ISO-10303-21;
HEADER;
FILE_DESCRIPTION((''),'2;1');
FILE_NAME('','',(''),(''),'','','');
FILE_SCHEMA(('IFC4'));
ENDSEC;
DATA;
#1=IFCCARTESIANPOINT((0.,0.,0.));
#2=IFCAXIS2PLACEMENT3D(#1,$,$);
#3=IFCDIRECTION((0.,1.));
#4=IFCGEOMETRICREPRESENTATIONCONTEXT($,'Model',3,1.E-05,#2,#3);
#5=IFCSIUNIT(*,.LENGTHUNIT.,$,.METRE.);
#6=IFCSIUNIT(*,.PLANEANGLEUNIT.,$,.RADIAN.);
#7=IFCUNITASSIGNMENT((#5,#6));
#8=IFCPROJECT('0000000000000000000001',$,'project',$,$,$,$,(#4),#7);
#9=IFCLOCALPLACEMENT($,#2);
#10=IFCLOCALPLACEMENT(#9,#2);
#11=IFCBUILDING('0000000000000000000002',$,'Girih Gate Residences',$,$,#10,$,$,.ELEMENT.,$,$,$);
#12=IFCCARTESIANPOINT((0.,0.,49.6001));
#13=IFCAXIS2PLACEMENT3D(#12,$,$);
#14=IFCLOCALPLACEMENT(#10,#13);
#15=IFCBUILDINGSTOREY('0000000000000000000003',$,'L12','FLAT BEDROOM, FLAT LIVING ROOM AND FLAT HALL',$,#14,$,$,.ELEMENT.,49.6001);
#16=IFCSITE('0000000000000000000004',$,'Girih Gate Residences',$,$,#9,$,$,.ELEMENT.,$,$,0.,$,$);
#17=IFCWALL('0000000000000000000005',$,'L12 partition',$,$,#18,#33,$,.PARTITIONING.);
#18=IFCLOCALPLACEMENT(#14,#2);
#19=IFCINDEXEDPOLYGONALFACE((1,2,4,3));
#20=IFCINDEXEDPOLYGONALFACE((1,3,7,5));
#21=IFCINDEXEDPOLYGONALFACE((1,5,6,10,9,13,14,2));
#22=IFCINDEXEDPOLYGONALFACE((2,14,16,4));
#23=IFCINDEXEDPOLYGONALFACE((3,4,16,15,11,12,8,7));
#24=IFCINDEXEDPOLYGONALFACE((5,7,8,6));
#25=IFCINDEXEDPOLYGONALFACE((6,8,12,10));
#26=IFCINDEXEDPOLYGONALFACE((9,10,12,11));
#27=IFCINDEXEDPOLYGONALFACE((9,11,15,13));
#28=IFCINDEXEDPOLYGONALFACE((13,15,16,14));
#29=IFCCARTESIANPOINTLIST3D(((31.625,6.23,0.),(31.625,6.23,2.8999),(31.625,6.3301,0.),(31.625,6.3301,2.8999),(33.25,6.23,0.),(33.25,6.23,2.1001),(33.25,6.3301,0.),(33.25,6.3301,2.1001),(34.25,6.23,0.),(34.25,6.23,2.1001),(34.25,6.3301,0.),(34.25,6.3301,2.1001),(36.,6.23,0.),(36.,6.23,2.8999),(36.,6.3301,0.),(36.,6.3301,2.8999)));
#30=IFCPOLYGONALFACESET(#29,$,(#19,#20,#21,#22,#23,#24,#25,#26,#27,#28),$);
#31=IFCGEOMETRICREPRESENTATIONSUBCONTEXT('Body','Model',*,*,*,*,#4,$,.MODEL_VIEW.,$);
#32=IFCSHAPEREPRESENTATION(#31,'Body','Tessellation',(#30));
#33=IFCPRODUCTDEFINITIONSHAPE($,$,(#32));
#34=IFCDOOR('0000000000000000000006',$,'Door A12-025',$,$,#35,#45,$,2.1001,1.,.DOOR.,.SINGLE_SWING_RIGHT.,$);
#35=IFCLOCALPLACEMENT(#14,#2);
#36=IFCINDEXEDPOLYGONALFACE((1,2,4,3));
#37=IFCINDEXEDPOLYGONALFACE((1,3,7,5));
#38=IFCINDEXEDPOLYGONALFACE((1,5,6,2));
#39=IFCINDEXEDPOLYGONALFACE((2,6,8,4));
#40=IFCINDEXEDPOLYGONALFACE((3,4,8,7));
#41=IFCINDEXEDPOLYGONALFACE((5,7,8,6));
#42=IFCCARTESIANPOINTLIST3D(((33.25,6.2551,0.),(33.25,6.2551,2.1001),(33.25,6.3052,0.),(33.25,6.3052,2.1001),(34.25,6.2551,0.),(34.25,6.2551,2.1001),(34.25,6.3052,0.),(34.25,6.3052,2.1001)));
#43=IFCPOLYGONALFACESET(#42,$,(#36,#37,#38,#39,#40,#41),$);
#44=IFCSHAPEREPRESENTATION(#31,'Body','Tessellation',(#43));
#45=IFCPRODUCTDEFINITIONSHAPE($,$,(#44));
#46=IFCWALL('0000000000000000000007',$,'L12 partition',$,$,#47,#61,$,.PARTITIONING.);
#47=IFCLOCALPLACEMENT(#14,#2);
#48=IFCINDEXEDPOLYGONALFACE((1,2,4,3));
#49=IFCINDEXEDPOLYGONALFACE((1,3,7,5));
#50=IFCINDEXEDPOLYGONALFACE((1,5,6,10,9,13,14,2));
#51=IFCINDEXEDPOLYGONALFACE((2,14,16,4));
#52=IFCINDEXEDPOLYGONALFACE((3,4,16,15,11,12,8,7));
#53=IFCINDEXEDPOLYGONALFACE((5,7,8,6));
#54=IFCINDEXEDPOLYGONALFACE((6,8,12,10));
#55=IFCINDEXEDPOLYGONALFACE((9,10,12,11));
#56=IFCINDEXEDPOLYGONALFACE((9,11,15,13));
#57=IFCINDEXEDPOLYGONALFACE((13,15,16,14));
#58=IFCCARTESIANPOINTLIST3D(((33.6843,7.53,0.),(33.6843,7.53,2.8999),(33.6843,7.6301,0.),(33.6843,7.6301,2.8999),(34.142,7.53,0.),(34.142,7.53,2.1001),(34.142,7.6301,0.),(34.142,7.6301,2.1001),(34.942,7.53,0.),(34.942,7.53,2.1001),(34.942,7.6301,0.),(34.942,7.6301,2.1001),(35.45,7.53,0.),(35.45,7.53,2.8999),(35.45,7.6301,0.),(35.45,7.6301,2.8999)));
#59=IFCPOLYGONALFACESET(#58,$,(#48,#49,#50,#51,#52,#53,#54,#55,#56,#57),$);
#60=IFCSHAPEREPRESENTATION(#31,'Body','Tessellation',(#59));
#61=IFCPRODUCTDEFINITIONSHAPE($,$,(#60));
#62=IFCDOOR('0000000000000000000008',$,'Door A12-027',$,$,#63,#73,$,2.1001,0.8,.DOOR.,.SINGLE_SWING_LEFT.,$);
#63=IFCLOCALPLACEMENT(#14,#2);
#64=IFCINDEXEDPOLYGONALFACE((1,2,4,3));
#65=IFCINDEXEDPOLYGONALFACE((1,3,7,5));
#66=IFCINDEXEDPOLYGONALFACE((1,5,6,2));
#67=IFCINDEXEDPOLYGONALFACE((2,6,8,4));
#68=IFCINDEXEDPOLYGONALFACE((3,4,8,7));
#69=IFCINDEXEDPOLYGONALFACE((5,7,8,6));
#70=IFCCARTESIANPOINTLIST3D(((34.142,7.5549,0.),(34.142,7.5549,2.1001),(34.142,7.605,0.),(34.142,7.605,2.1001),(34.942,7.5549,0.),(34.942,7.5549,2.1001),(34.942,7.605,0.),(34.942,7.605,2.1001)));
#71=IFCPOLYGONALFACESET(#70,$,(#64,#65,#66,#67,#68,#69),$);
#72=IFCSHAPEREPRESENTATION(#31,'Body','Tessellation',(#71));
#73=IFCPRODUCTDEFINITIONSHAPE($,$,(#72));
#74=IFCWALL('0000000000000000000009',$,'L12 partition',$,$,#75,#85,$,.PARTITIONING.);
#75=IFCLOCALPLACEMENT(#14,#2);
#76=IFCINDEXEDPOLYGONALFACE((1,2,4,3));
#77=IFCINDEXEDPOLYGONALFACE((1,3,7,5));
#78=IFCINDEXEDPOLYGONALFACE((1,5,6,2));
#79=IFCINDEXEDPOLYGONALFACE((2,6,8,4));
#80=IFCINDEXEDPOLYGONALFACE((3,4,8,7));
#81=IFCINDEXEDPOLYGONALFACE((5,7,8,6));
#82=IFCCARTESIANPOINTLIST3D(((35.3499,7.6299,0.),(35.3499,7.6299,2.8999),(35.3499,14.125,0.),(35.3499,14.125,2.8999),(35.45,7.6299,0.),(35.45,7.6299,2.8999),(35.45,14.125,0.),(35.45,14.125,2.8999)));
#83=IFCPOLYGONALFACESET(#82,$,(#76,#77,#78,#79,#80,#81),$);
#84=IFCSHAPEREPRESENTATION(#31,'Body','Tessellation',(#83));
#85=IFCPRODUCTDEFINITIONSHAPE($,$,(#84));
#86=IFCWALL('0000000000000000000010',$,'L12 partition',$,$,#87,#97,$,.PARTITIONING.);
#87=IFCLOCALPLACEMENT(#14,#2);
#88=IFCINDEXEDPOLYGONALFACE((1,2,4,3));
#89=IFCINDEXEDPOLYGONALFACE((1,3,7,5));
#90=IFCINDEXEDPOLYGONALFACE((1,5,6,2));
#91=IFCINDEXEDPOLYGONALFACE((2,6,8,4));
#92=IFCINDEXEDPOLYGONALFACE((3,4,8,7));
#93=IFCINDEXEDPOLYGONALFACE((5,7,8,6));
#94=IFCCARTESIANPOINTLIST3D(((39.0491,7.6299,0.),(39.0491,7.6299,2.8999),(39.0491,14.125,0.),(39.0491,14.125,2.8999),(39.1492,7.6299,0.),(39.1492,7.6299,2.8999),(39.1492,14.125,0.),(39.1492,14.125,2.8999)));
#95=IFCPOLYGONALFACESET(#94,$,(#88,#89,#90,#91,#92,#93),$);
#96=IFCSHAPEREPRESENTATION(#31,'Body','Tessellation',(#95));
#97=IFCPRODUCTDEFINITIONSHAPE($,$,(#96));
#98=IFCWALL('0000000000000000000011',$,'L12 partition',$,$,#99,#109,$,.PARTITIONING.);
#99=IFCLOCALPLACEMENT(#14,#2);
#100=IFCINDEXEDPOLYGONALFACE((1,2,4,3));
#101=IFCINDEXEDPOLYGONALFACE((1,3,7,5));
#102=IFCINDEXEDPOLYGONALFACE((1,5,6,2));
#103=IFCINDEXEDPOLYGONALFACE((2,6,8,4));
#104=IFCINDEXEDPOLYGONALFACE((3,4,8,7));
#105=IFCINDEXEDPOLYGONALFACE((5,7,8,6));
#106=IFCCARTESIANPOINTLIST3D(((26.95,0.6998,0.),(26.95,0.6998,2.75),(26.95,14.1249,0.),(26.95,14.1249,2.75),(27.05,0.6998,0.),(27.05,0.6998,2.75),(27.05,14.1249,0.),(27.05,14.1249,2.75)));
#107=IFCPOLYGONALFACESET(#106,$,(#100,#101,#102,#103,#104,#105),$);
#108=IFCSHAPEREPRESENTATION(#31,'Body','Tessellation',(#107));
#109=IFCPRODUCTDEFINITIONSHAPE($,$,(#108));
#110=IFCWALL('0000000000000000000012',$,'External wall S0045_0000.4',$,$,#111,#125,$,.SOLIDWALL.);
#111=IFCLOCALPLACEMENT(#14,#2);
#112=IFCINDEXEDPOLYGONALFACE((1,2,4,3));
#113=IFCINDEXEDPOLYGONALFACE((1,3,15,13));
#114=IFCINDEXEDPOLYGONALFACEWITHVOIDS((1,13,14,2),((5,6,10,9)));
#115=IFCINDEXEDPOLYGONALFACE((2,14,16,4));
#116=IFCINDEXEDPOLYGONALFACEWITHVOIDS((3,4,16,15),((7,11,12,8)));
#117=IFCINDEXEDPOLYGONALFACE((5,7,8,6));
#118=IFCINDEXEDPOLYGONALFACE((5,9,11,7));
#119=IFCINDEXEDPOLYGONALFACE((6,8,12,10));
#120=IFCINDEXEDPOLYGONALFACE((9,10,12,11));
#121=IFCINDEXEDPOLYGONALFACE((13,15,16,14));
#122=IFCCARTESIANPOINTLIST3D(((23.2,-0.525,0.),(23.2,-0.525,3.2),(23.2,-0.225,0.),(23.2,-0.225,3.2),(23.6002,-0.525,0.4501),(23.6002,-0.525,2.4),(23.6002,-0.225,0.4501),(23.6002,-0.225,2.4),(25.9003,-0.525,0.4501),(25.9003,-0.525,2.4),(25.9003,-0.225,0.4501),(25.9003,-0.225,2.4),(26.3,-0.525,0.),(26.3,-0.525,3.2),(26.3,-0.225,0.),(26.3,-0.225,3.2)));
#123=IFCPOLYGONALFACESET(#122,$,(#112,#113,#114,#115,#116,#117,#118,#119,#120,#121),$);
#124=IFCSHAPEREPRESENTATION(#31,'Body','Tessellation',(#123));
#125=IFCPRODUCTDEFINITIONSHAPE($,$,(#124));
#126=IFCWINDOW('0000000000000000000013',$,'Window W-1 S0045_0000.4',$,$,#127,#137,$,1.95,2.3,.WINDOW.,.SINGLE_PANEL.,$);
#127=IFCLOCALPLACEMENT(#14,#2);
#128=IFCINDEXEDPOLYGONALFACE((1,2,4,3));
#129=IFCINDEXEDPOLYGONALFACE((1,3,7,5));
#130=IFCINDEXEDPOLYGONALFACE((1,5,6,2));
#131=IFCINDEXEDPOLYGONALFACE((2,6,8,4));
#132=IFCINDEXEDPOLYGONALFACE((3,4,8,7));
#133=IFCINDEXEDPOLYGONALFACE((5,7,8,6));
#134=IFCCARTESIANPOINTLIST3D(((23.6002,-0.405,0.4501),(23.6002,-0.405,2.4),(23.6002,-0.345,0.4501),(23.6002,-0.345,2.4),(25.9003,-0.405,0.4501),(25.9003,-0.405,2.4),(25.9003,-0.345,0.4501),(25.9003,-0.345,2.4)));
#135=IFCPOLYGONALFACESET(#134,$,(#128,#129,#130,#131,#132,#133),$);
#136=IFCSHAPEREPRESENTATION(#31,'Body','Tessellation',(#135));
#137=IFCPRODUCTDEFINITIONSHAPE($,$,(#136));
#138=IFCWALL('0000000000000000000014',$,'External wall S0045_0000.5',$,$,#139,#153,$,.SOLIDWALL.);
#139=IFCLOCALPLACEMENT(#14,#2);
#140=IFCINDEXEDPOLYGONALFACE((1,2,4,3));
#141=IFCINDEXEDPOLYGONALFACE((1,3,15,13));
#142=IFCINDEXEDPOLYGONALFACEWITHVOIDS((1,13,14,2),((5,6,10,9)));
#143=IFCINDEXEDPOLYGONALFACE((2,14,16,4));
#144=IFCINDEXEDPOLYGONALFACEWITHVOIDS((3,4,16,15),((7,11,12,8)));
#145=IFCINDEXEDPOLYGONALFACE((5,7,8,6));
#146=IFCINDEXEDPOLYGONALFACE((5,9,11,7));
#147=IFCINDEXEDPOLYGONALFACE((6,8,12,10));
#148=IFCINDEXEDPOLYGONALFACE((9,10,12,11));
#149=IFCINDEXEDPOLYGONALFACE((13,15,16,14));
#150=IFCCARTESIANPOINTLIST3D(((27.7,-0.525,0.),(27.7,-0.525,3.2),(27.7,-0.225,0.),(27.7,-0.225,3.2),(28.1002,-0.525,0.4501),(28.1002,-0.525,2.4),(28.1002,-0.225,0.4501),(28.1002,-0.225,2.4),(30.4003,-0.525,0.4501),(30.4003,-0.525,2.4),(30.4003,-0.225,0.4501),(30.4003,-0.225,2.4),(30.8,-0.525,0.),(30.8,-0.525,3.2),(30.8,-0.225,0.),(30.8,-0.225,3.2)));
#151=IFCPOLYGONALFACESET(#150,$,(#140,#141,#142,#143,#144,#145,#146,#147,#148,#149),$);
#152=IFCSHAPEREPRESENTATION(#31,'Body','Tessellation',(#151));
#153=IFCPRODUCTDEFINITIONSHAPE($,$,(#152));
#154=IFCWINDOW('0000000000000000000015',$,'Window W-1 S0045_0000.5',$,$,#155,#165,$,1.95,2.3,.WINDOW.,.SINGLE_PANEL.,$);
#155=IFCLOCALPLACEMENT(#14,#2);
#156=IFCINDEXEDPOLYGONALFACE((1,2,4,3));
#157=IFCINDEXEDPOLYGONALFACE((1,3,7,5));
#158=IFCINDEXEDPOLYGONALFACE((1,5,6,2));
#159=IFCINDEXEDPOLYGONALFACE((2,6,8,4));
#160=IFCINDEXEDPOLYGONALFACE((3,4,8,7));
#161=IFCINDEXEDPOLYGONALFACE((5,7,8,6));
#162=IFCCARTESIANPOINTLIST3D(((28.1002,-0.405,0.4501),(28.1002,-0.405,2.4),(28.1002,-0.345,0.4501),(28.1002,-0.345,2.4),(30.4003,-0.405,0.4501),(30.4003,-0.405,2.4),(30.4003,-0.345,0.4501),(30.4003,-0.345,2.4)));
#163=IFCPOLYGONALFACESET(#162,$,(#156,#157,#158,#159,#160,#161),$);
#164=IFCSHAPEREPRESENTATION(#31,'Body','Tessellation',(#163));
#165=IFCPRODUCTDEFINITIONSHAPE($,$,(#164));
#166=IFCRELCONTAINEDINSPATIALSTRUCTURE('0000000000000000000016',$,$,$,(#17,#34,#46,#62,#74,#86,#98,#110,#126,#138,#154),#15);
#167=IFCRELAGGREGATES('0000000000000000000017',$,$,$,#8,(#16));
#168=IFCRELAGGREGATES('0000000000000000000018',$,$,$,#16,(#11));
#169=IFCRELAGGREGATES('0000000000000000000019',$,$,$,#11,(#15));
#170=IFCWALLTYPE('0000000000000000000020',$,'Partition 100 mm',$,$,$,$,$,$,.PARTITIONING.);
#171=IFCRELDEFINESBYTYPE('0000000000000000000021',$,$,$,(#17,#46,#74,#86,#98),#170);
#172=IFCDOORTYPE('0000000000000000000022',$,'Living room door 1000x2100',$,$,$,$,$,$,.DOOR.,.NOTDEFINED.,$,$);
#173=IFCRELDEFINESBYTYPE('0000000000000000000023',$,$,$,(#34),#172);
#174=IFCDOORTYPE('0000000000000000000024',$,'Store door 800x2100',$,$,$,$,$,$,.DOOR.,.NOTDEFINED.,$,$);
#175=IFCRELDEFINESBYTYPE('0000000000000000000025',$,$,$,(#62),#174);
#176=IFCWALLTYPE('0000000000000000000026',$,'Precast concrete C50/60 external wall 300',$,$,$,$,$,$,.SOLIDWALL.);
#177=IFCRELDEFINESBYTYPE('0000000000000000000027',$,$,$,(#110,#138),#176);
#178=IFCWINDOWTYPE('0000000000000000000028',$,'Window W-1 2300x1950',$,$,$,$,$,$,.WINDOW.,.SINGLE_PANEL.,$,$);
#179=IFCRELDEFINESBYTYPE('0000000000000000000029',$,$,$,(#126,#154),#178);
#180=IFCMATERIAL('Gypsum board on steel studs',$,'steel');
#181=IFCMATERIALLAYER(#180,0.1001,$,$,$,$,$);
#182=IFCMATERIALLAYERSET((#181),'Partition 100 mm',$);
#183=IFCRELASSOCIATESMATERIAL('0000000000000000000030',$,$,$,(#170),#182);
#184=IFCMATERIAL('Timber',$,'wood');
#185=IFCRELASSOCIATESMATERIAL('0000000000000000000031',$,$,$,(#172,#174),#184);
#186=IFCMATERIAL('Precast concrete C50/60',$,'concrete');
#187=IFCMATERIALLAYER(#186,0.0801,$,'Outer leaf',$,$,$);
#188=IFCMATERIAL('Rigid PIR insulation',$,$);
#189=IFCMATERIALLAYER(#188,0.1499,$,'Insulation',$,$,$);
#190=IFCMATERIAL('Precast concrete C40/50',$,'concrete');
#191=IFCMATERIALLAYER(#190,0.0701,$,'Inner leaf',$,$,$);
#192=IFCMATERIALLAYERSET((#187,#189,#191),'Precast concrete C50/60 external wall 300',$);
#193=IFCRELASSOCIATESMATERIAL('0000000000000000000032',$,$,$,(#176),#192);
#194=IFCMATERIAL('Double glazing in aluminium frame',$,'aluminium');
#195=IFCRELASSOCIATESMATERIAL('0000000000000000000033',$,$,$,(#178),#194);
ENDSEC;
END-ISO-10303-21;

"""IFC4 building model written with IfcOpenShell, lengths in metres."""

from ifc_helpers import new_model, si_unit, direction, frame, frame_2d, origin, place, context, subcontext, project, spatial, rectangle, extrude, material, layer, layer_set, type_object, element, fill, save


model = new_model("IFC4")

# Units and contexts
model_context = context("Model", 3, precision=1e-05, world=origin(), true_north=direction((0.0, 1.0)))
body_context = subcontext(model_context, "Body", "Model", "MODEL_VIEW")
ifc_project = project(units=[si_unit("LENGTHUNIT", "METRE"), si_unit("PLANEANGLEUNIT", "RADIAN")], contexts=[model_context])

# Site, building, storey
site_placement = place(None, origin())
site = spatial("IfcSite", under=ifc_project, at=site_placement, Name="Girih Gate Residences", CompositionType="ELEMENT", RefElevation=0.0)
building_placement = place(site_placement, origin())
building = spatial("IfcBuilding", under=site, at=building_placement, Name="Girih Gate Residences", CompositionType="ELEMENT")
storey_placement = place(building_placement, frame((0.0, 0.0, 49.6001)))
storey = spatial("IfcBuildingStorey", under=building, at=storey_placement, Name="L12", Description="FLAT BEDROOM, FLAT LIVING ROOM AND FLAT HALL", CompositionType="ELEMENT", Elevation=49.6001)

# Shared definitions
ifc_material_1 = material(Name="Gypsum board on steel studs", Category="steel")
ifc_layer_1 = layer(ifc_material_1, 0.1001)
ifc_layer_set_1 = layer_set([ifc_layer_1], Name="Partition 100 mm")
wall_type_1 = type_object("IfcWallType", Name="Partition 100 mm", PredefinedType="PARTITIONING", material=ifc_layer_set_1)

# Walls, openings, doors
ifc_material_2 = material(Name="Timber", Category="wood")
wall_1_placement = place(storey_placement, frame((36.0, 6.28, 0.0), z_axis=(0.0, 0.0, 1.0), x_axis=(-1.0, 0.0, 0.0)))
wall_1 = element("IfcWall", 1, at=wall_1_placement, inside=storey, type_object=wall_type_1, Name="L12 partition", PredefinedType="PARTITIONING", context=body_context, shape_type="SweptSolid", body=[
    extrude(rectangle(XDim=4.375, YDim=0.1001, at=frame_2d((2.1875, 0.0))), origin(), (0.0, 0.0, 1.0), 2.8999),
])
opening_1_placement = place(wall_1_placement, frame((1.75, 0.0, 0.0)))
opening_1 = element("IfcOpeningElement", 2, at=opening_1_placement, cuts=wall_1, PredefinedType="OPENING", context=body_context, shape_type="SweptSolid", body=[
    extrude(rectangle(XDim=1.0, YDim=2.1001, at=frame_2d((0.5, 1.05))), frame((0.0, 0.0601, 0.0), z_axis=(0.0, -1.0, 0.0), x_axis=(1.0, 0.0, 0.0)), (0.0, 0.0, 1.0), 0.1201),
])
door_type_1 = type_object("IfcDoorType", Name="Living room door 1000x2100", OperationType="NOTDEFINED", PredefinedType="DOOR", material=ifc_material_2)
door_1_placement = place(opening_1_placement, origin())
door_1 = element("IfcDoor", 3, at=door_1_placement, inside=storey, type_object=door_type_1, Name="Door A12-025", OperationType="SINGLE_SWING_RIGHT", OverallHeight=2.1001, OverallWidth=1.0, PredefinedType="DOOR", context=body_context, shape_type="SweptSolid", body=[
    extrude(rectangle(XDim=1.0, YDim=2.1001, at=frame_2d((0.5, 1.05))), frame((0.0, 0.0249, 0.0), z_axis=(0.0, -1.0, 0.0), x_axis=(1.0, 0.0, 0.0)), (0.0, 0.0, 1.0), 0.05),
])
fill(opening_1, door_1)
wall_2_placement = place(storey_placement, frame((33.6843, 7.5801, 0.0), z_axis=(0.0, 0.0, 1.0), x_axis=(1.0, 0.0, 0.0)))
wall_2 = element("IfcWall", 4, at=wall_2_placement, inside=storey, type_object=wall_type_1, Name="L12 partition", PredefinedType="PARTITIONING", context=body_context, shape_type="SweptSolid", body=[
    extrude(rectangle(XDim=1.7656, YDim=0.1001, at=frame_2d((0.8828, 0.0))), origin(), (0.0, 0.0, 1.0), 2.8999),
])
opening_2_placement = place(wall_2_placement, frame((0.4578, 0.0, 0.0)))
opening_2 = element("IfcOpeningElement", 5, at=opening_2_placement, cuts=wall_2, PredefinedType="OPENING", context=body_context, shape_type="SweptSolid", body=[
    extrude(rectangle(XDim=0.8, YDim=2.1001, at=frame_2d((0.3999, 1.05))), frame((0.0, 0.0601, 0.0), z_axis=(0.0, -1.0, 0.0), x_axis=(1.0, 0.0, 0.0)), (0.0, 0.0, 1.0), 0.1201),
])
door_type_2 = type_object("IfcDoorType", Name="Store door 800x2100", OperationType="NOTDEFINED", PredefinedType="DOOR", material=ifc_material_2)
door_2_placement = place(opening_2_placement, origin())
door_2 = element("IfcDoor", 6, at=door_2_placement, inside=storey, type_object=door_type_2, Name="Door A12-027", OperationType="SINGLE_SWING_LEFT", OverallHeight=2.1001, OverallWidth=0.8, PredefinedType="DOOR", context=body_context, shape_type="SweptSolid", body=[
    extrude(rectangle(XDim=0.8, YDim=2.1001, at=frame_2d((0.3999, 1.05))), frame((0.0, 0.0249, 0.0), z_axis=(0.0, -1.0, 0.0), x_axis=(1.0, 0.0, 0.0)), (0.0, 0.0, 1.0), 0.05),
])
fill(opening_2, door_2)

# Walls
for number, where, z_axis, x_axis, name in (
    (7, (35.3999, 7.6299, 0.0), (0.0, 0.0, 1.0), (0.0, 1.0, 0.0), "L12 partition"),
    (8, (39.0991, 7.6299, 0.0), (0.0, 0.0, 1.0), (0.0, 1.0, 0.0), "L12 partition"),
):
    element("IfcWall", number, at=place(storey_placement, frame(where, z_axis=z_axis, x_axis=x_axis)), inside=storey, type_object=wall_type_1, Name=name, PredefinedType="PARTITIONING", context=body_context, shape_type="SweptSolid", body=[
        extrude(rectangle(XDim=6.4951, YDim=0.1001, at=frame_2d((3.2476, 0.0))), origin(), (0.0, 0.0, 1.0), 2.8999),
    ])
wall_3_placement = place(storey_placement, frame((27.0, 0.7, 0.0), z_axis=(0.0, 0.0, 1.0), x_axis=(0.0, 1.0, 0.0)))
element("IfcWall", 9, at=wall_3_placement, inside=storey, type_object=wall_type_1, Name="L12 partition", PredefinedType="PARTITIONING", context=body_context, shape_type="SweptSolid", body=[
    extrude(rectangle(XDim=13.425, YDim=0.1001, at=frame_2d((6.7124, 0.0))), origin(), (0.0, 0.0, 1.0), 2.75),
])

# Walls, openings, windows
ifc_material_3 = material(Name="Precast concrete C50/60", Category="concrete")
ifc_layer_2 = layer(ifc_material_3, 0.0801, Name="Outer leaf")
ifc_material_4 = material(Name="Rigid PIR insulation")
ifc_layer_3 = layer(ifc_material_4, 0.1499, Name="Insulation")
ifc_material_5 = material(Name="Precast concrete C40/50", Category="concrete")
ifc_layer_4 = layer(ifc_material_5, 0.0701, Name="Inner leaf")
ifc_layer_set_2 = layer_set([ifc_layer_2, ifc_layer_3, ifc_layer_4], Name="Precast concrete C50/60 external wall 300")
wall_type_2 = type_object("IfcWallType", Name="Precast concrete C50/60 external wall 300", PredefinedType="SOLIDWALL", material=ifc_layer_set_2)
wall_4_placement = place(storey_placement, frame((26.3, -0.375, 0.0), z_axis=(0.0, 0.0, 1.0), x_axis=(-1.0, 0.0, 0.0)))
wall_4 = element("IfcWall", 10, at=wall_4_placement, inside=storey, type_object=wall_type_2, Name="External wall S0045_0000.4", PredefinedType="SOLIDWALL", context=body_context, shape_type="SweptSolid", body=[
    extrude(rectangle(XDim=3.1001, YDim=0.3, at=frame_2d((1.55, 0.0))), origin(), (0.0, 0.0, 1.0), 3.2),
])
opening_3_placement = place(wall_4_placement, frame((0.3999, 0.0, 0.45)))
opening_3 = element("IfcOpeningElement", 11, at=opening_3_placement, cuts=wall_4, PredefinedType="OPENING", context=body_context, shape_type="SweptSolid", body=[
    extrude(rectangle(XDim=2.3, YDim=1.95, at=frame_2d((1.1499, 0.9751))), frame((0.0, 0.1599, 0.0), z_axis=(0.0, -1.0, 0.0), x_axis=(1.0, 0.0, 0.0)), (0.0, 0.0, 1.0), 0.3201),
])
ifc_material_6 = material(Name="Double glazing in aluminium frame", Category="aluminium")
window_type = type_object("IfcWindowType", Name="Window W-1 2300x1950", PartitioningType="SINGLE_PANEL", PredefinedType="WINDOW", material=ifc_material_6)
window_1_placement = place(opening_3_placement, origin())
window_1 = element("IfcWindow", 12, at=window_1_placement, inside=storey, type_object=window_type, Name="Window W-1 S0045_0000.4", OverallHeight=1.95, OverallWidth=2.3, PartitioningType="SINGLE_PANEL", PredefinedType="WINDOW", context=body_context, shape_type="SweptSolid", body=[
    extrude(rectangle(XDim=2.3, YDim=1.95, at=frame_2d((1.1499, 0.9751))), frame((0.0, 0.03, 0.0), z_axis=(0.0, -1.0, 0.0), x_axis=(1.0, 0.0, 0.0)), (0.0, 0.0, 1.0), 0.0601),
])
fill(opening_3, window_1)
wall_5_placement = place(storey_placement, frame((30.8, -0.375, 0.0), z_axis=(0.0, 0.0, 1.0), x_axis=(-1.0, 0.0, 0.0)))
wall_5 = element("IfcWall", 13, at=wall_5_placement, inside=storey, type_object=wall_type_2, Name="External wall S0045_0000.5", PredefinedType="SOLIDWALL", context=body_context, shape_type="SweptSolid", body=[
    extrude(rectangle(XDim=3.1001, YDim=0.3, at=frame_2d((1.55, 0.0))), origin(), (0.0, 0.0, 1.0), 3.2),
])
opening_4_placement = place(wall_5_placement, frame((0.3999, 0.0, 0.45)))
opening_4 = element("IfcOpeningElement", 14, at=opening_4_placement, cuts=wall_5, PredefinedType="OPENING", context=body_context, shape_type="SweptSolid", body=[
    extrude(rectangle(XDim=2.3, YDim=1.95, at=frame_2d((1.1499, 0.9751))), frame((0.0, 0.1599, 0.0), z_axis=(0.0, -1.0, 0.0), x_axis=(1.0, 0.0, 0.0)), (0.0, 0.0, 1.0), 0.3201),
])
window_2_placement = place(opening_4_placement, origin())
window_2 = element("IfcWindow", 15, at=window_2_placement, inside=storey, type_object=window_type, Name="Window W-1 S0045_0000.5", OverallHeight=1.95, OverallWidth=2.3, PartitioningType="SINGLE_PANEL", PredefinedType="WINDOW", context=body_context, shape_type="SweptSolid", body=[
    extrude(rectangle(XDim=2.3, YDim=1.95, at=frame_2d((1.1499, 0.9751))), frame((0.0, 0.03, 0.0), z_axis=(0.0, -1.0, 0.0), x_axis=(1.0, 0.0, 0.0)), (0.0, 0.0, 1.0), 0.0601),
])
fill(opening_4, window_2)

save(model, "model.ifc")
